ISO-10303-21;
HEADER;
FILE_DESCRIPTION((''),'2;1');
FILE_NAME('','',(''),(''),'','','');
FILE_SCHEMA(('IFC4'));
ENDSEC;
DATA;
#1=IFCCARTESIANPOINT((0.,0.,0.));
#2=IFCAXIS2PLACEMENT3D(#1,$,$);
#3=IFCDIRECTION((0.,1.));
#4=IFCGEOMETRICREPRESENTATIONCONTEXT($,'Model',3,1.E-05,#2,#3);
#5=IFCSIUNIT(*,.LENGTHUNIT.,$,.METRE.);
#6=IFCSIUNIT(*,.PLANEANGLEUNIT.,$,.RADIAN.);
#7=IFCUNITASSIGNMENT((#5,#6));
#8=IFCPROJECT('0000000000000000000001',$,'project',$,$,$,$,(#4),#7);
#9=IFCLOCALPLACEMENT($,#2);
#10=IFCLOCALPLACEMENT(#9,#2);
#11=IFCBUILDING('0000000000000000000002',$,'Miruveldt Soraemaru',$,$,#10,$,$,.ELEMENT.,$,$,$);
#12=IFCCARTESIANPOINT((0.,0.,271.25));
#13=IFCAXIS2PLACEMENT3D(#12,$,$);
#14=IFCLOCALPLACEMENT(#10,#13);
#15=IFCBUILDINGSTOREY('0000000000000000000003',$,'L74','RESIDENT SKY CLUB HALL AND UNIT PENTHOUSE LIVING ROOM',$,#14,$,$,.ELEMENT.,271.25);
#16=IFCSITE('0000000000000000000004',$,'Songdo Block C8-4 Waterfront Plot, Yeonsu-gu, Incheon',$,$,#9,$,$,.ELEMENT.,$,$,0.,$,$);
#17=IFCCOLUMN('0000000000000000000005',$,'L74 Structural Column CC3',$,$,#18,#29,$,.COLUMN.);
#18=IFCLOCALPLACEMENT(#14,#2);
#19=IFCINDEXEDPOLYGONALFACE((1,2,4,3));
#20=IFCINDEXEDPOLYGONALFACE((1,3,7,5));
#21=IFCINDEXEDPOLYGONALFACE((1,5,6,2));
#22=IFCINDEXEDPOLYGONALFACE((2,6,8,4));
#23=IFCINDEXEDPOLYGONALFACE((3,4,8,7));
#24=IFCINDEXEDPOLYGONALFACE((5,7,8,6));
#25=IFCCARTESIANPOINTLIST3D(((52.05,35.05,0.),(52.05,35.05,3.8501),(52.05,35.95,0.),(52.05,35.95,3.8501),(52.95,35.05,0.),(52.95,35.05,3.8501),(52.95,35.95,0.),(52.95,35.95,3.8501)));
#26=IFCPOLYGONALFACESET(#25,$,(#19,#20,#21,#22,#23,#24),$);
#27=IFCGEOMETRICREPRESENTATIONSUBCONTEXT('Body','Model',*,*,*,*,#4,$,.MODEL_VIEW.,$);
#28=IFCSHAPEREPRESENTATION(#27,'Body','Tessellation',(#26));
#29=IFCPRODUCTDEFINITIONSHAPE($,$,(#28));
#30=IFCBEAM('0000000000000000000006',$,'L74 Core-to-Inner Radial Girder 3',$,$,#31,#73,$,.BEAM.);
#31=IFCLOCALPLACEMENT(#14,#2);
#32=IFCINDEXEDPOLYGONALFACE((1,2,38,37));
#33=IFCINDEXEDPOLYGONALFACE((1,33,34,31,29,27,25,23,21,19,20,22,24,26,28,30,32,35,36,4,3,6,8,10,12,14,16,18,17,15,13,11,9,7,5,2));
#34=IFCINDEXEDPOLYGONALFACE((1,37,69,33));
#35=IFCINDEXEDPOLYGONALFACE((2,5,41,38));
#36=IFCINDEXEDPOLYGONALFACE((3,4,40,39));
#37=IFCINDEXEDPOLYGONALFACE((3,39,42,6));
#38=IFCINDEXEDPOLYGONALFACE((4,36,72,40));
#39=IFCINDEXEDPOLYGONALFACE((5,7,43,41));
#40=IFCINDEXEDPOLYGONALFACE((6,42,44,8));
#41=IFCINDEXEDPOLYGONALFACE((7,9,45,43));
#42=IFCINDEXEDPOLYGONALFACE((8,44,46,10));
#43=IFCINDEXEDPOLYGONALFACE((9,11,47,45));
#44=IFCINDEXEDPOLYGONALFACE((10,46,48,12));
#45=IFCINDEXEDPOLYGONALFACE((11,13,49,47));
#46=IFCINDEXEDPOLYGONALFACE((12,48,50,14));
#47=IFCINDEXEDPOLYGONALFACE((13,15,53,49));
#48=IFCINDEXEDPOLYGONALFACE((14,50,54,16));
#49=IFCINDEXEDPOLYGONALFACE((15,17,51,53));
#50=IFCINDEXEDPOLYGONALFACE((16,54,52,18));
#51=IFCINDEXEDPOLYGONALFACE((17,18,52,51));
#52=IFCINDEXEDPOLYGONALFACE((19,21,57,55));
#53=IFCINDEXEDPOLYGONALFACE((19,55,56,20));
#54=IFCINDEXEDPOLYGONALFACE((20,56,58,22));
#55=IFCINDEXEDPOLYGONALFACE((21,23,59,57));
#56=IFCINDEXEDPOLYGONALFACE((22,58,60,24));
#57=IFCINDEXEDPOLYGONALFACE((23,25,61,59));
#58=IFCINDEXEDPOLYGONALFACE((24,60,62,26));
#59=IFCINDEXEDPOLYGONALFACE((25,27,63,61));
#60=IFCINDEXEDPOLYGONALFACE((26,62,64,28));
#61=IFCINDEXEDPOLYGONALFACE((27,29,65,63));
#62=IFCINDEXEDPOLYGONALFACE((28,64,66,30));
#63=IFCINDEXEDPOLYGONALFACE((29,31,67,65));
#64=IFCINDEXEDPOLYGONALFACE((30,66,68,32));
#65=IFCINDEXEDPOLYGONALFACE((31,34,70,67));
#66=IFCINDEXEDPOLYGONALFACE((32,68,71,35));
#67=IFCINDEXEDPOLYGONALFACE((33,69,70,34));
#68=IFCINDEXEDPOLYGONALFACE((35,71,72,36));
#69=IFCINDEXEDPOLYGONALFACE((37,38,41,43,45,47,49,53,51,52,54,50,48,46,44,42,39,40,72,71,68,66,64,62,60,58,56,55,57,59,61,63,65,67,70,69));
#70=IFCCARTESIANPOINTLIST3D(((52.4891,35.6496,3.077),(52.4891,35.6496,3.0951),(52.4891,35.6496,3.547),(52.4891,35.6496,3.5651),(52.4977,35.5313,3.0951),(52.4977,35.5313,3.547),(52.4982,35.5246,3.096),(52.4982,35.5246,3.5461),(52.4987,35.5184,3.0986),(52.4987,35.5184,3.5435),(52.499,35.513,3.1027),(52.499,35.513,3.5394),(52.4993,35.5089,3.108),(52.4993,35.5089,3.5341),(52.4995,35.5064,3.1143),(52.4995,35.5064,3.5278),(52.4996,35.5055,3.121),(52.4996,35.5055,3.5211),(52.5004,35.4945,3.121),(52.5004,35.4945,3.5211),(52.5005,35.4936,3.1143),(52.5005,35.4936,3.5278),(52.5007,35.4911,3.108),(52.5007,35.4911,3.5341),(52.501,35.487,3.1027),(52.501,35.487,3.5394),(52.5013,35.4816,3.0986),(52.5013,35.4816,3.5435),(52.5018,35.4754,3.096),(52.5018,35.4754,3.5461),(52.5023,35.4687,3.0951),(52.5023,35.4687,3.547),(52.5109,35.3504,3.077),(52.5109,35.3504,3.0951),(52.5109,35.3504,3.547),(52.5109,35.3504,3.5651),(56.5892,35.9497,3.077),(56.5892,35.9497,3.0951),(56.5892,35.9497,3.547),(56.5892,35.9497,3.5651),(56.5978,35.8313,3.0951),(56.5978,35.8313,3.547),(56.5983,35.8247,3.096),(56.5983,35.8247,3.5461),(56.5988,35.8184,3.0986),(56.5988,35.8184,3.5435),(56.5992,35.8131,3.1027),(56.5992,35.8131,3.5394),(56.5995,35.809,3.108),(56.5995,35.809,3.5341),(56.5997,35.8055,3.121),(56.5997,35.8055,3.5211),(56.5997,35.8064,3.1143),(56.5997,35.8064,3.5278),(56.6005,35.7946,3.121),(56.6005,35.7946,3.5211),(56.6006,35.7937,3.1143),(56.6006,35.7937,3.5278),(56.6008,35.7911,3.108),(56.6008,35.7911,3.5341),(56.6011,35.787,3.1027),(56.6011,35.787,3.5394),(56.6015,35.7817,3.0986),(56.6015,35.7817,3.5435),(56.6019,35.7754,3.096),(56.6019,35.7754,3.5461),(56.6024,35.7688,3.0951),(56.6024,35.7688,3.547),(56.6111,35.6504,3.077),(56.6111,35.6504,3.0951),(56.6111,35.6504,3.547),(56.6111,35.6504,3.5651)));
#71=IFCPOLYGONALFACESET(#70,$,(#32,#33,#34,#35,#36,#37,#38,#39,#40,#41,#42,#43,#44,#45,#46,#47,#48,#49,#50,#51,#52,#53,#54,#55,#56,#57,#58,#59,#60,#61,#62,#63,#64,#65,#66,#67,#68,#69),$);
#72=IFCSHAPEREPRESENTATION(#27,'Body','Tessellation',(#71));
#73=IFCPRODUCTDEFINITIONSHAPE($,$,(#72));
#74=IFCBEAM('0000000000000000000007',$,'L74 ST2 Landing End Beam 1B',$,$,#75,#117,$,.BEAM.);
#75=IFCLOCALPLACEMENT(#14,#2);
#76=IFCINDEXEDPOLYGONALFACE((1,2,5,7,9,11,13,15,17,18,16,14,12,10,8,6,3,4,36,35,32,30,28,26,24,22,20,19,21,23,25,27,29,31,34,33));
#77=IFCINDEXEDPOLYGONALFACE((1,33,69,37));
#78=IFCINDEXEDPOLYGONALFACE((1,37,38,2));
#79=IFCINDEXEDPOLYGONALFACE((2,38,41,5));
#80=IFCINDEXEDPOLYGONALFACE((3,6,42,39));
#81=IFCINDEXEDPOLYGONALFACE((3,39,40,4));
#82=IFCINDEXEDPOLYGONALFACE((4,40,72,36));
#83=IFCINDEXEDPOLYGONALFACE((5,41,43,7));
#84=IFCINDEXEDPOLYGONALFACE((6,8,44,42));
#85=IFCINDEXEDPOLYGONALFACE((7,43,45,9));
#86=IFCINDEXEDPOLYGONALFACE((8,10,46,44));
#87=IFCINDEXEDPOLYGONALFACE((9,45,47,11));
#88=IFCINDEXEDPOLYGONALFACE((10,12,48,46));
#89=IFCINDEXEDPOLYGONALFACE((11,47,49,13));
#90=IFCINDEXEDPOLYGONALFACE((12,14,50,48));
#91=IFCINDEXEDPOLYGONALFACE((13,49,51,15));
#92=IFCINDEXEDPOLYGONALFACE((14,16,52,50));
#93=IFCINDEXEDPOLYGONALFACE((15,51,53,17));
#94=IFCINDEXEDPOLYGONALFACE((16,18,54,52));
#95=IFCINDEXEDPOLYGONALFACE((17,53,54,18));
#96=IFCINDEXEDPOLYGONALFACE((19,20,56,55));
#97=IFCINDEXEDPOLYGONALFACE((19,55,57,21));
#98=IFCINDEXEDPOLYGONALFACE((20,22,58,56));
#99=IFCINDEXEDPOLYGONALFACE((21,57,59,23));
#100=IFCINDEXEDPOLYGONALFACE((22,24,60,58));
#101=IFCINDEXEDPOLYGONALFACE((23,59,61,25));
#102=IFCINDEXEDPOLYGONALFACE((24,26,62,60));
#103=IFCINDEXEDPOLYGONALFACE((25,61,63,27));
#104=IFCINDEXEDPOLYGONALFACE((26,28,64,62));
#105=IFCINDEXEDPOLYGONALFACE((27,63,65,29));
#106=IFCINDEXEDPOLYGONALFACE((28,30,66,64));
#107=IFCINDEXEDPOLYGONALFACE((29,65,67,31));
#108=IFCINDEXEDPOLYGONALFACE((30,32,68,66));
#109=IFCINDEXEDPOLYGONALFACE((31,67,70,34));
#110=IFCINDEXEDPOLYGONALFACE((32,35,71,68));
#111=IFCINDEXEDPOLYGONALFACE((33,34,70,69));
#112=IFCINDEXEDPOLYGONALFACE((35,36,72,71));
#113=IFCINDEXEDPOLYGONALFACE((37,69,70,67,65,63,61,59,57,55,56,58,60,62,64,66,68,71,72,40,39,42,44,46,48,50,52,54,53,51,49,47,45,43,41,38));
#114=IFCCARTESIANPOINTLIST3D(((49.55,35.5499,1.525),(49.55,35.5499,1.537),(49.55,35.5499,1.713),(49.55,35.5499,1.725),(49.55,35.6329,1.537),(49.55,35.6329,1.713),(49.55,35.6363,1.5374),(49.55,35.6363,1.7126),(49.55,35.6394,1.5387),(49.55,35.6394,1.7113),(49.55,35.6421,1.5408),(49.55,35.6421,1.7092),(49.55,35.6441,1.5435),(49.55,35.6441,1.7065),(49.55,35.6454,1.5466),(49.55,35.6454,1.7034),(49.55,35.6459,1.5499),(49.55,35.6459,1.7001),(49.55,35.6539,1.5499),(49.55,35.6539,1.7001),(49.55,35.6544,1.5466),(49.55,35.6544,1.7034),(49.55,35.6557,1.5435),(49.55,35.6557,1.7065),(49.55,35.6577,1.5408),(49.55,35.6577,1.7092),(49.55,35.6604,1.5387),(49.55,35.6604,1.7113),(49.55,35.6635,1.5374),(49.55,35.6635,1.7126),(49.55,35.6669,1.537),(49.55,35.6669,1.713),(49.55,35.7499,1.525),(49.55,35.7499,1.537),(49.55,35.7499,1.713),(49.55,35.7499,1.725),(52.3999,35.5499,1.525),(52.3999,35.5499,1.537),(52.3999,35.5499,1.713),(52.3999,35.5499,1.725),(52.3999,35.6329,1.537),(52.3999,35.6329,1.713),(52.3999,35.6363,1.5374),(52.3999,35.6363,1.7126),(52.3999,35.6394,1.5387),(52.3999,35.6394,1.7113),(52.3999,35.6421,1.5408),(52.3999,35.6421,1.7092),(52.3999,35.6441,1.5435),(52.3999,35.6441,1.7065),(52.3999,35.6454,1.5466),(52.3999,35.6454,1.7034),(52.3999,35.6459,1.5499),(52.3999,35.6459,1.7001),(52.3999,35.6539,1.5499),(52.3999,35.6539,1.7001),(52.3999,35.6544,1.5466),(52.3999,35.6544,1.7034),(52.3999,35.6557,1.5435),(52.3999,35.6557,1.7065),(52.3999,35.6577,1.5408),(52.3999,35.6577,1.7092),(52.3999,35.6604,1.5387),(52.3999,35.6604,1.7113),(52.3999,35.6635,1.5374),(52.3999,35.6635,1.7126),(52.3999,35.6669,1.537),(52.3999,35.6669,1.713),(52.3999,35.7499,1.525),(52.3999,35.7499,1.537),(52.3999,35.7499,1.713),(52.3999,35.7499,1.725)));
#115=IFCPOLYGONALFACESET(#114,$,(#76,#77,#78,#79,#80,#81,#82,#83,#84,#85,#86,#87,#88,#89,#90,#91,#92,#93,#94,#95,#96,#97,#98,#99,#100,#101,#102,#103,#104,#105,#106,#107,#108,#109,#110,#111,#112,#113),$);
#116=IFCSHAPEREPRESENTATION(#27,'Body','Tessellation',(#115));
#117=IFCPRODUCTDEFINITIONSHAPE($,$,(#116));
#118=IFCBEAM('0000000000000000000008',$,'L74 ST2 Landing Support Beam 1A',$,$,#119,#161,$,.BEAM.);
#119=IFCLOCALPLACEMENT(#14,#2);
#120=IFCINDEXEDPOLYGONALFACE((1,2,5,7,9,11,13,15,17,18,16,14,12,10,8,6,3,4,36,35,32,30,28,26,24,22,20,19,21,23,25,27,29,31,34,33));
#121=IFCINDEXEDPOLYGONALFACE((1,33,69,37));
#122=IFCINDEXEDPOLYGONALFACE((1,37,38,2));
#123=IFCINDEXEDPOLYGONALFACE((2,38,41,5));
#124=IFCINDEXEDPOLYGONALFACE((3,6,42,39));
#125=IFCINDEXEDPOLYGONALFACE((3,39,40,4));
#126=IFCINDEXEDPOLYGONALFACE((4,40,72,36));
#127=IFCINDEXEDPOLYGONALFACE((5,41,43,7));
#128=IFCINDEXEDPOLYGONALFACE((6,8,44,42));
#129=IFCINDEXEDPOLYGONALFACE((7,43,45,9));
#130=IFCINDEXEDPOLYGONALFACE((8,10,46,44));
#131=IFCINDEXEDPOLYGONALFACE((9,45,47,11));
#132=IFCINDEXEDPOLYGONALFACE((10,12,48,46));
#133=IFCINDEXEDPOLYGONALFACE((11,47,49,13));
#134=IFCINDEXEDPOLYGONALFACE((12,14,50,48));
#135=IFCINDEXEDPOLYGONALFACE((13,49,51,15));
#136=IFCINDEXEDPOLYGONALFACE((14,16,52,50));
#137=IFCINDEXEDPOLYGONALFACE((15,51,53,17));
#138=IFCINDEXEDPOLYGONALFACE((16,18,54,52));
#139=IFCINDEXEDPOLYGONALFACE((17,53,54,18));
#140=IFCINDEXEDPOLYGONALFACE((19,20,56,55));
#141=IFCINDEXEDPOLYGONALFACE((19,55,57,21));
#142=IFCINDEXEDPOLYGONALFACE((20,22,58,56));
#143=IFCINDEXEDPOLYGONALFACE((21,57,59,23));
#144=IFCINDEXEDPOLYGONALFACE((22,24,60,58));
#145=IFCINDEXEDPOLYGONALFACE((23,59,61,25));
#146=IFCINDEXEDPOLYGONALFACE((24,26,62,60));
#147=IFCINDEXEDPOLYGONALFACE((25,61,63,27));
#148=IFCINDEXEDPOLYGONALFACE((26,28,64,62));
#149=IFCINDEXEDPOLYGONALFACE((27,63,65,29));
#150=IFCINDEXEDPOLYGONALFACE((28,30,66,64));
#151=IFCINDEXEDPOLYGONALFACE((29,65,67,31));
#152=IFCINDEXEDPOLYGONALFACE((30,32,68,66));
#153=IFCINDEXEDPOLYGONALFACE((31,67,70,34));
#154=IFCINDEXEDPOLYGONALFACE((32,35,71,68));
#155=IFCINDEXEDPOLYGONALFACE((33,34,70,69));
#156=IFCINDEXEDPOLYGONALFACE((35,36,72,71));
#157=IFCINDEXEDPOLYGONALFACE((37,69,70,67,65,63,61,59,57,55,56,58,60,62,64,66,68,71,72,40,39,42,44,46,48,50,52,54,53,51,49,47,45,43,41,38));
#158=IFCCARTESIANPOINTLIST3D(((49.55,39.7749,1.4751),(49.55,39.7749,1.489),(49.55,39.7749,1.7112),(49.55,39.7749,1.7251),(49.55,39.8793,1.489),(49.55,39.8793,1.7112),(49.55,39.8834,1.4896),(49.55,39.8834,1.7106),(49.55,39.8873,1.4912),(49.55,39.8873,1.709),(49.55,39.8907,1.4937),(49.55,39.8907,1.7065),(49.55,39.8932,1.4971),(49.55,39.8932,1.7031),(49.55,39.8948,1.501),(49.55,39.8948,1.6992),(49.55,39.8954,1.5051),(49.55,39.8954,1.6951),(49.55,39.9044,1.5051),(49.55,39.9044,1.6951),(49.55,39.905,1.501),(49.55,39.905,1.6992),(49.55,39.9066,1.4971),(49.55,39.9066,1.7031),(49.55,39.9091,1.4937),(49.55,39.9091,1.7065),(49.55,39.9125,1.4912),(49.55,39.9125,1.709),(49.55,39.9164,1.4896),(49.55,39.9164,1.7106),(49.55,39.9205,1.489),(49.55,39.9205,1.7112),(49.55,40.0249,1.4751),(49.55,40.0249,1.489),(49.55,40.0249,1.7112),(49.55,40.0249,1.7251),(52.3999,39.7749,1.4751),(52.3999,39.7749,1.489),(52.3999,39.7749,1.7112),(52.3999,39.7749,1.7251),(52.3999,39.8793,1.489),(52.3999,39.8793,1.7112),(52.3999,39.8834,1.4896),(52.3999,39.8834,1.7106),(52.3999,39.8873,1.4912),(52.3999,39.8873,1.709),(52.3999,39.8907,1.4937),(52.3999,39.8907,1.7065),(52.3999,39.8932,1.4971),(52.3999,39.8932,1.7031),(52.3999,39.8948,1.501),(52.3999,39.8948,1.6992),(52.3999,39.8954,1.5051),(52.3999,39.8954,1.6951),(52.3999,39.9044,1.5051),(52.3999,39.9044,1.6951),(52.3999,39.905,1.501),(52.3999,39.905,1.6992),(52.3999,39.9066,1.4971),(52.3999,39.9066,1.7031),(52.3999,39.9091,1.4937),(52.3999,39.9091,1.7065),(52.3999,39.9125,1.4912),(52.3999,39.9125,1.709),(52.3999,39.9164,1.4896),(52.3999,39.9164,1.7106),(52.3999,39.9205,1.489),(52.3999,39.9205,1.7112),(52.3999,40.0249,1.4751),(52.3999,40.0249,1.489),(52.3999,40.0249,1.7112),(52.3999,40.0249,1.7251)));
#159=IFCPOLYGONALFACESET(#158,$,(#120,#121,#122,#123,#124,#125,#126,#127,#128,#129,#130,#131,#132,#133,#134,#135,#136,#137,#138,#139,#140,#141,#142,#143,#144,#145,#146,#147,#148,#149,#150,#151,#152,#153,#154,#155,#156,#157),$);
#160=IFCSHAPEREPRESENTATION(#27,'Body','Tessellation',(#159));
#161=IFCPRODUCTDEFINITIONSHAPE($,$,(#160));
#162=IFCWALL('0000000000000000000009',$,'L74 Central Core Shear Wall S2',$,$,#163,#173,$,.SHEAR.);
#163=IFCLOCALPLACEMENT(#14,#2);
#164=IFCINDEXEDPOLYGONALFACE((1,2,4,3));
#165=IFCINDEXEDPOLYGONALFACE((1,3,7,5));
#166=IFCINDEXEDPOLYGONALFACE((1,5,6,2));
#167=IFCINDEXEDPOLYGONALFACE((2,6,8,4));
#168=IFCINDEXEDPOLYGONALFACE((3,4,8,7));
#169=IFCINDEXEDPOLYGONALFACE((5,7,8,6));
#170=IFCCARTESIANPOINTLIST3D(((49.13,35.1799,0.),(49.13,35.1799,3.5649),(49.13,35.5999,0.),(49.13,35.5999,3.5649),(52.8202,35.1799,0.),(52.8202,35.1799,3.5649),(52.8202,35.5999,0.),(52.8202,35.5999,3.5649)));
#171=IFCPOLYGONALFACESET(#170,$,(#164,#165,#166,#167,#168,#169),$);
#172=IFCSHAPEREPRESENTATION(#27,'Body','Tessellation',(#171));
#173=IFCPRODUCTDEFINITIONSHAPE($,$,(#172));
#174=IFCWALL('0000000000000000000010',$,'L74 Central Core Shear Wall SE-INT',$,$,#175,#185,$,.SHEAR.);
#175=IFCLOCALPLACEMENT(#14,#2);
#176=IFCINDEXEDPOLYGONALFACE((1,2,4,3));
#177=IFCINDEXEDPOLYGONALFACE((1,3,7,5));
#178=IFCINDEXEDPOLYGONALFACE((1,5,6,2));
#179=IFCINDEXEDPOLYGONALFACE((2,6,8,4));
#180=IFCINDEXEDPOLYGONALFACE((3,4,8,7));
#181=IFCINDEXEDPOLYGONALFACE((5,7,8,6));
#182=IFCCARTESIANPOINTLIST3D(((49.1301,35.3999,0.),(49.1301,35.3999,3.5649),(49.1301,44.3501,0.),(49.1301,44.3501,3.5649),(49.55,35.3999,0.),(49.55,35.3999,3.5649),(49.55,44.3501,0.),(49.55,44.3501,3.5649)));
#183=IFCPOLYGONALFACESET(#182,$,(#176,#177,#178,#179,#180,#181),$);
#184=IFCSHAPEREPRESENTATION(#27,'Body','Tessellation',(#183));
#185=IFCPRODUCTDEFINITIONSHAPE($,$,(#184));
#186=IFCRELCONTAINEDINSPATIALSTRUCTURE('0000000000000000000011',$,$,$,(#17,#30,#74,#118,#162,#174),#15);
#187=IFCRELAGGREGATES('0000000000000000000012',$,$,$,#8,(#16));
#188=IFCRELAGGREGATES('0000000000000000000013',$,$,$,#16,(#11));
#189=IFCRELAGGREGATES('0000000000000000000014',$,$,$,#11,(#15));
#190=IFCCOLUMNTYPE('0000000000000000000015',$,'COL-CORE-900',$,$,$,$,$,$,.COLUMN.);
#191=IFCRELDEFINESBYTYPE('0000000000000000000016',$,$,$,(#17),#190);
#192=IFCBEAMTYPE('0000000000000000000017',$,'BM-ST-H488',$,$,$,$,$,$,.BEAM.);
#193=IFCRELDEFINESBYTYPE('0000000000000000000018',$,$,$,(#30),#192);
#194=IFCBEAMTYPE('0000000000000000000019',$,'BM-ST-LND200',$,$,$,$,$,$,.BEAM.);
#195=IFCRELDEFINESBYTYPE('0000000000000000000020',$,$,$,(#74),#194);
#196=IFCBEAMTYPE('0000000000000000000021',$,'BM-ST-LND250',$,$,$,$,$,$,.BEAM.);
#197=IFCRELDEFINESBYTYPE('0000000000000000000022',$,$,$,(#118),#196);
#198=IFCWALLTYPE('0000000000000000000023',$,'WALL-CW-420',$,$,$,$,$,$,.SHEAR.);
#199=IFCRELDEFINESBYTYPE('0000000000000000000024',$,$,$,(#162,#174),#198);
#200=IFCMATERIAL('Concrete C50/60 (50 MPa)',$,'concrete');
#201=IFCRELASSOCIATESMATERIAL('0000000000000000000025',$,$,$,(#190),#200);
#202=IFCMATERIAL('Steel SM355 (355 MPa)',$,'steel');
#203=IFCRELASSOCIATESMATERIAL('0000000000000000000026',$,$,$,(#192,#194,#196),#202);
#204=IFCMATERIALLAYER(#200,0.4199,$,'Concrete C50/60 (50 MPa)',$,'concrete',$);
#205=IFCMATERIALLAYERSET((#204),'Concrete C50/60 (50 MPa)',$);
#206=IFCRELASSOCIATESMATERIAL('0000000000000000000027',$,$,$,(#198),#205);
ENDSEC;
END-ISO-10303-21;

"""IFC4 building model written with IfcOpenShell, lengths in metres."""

from ifc_helpers import new_model, si_unit, direction, frame, frame_2d, origin, origin_2d, place, context, subcontext, project, spatial, rectangle, i_section, extrude, material, layer, layer_set, material_profile, profile_set, type_object, element, save


model = new_model("IFC4")

# Units and contexts
model_context = context("Model", 3, precision=1e-05, world=origin(), true_north=direction((0.0, 1.0)))
body_context = subcontext(model_context, "Body", "Model", "MODEL_VIEW")
ifc_project = project(units=[si_unit("LENGTHUNIT", "METRE"), si_unit("PLANEANGLEUNIT", "RADIAN")], contexts=[model_context])

# Site, building, storey
site_placement = place(None, origin())
site = spatial("IfcSite", under=ifc_project, at=site_placement, Name="Songdo Block C8-4 Waterfront Plot, Yeonsu-gu, Incheon", CompositionType="ELEMENT", RefElevation=0.0)
building_placement = place(site_placement, origin())
building = spatial("IfcBuilding", under=site, at=building_placement, Name="Miruveldt Soraemaru", CompositionType="ELEMENT")
storey_placement = place(building_placement, frame((0.0, 0.0, 271.25)))
storey = spatial("IfcBuildingStorey", under=building, at=storey_placement, Name="L74", Description="RESIDENT SKY CLUB HALL AND UNIT PENTHOUSE LIVING ROOM", CompositionType="ELEMENT", Elevation=271.25)

# Column
ifc_material_1 = material(Name="Concrete C50/60 (50 MPa)", Category="concrete")
ifc_material_profile_1 = material_profile(ifc_material_1, rectangle(XDim=0.8999, YDim=0.8999, at=origin_2d()), Name="Concrete C50/60 (50 MPa)", Category="concrete")
ifc_profile_set_1 = profile_set([ifc_material_profile_1], Name="Concrete C50/60 (50 MPa)")
column_type = type_object("IfcColumnType", Name="COL-CORE-900", PredefinedType="COLUMN", material=ifc_profile_set_1)
column_placement = place(storey_placement, frame((52.5, 35.5, 0.0), z_axis=(0.0, 0.0, 1.0), x_axis=(1.0, 0.0, 0.0)))
element("IfcColumn", 1, at=column_placement, inside=storey, type_object=column_type, Name="L74 Structural Column CC3", PredefinedType="COLUMN", context=body_context, shape_type="SweptSolid", body=[
    extrude(rectangle(XDim=0.8999, YDim=0.8999, at=origin_2d()), origin(), (0.0, 0.0, 1.0), 3.8501),
])

# Beams
ifc_material_2 = material(Name="Steel SM355 (355 MPa)", Category="steel")
ifc_material_profile_2 = material_profile(ifc_material_2, i_section(OverallWidth=0.3, OverallDepth=0.488, WebThickness=0.011, FlangeThickness=0.0181, FilletRadius=0.0259, at=origin_2d()), Name="Steel SM355 (355 MPa)", Category="steel")
ifc_profile_set_2 = profile_set([ifc_material_profile_2], Name="Steel SM355 (355 MPa)")
beam_type_1 = type_object("IfcBeamType", Name="BM-ST-H488", PredefinedType="BEAM", material=ifc_profile_set_2)
beam_1_placement = place(storey_placement, frame((52.5, 35.5, 3.321), z_axis=(0.997333, 0.072986, 0.0), x_axis=(-0.072986, 0.997333, 0.0)))
element("IfcBeam", 2, at=beam_1_placement, inside=storey, type_object=beam_type_1, Name="L74 Core-to-Inner Radial Girder 3", PredefinedType="BEAM", context=body_context, shape_type="SweptSolid", body=[
    extrude(i_section(OverallWidth=0.3, OverallDepth=0.488, WebThickness=0.011, FlangeThickness=0.0181, FilletRadius=0.0259, at=origin_2d()), origin(), (0.0, 0.0, 1.0), 4.1111),
])
ifc_material_profile_3 = material_profile(ifc_material_2, i_section(OverallWidth=0.2, OverallDepth=0.2, WebThickness=0.0081, FlangeThickness=0.012, FilletRadius=0.0129, at=origin_2d()), Name="Steel SM355 (355 MPa)", Category="steel")
ifc_profile_set_3 = profile_set([ifc_material_profile_3], Name="Steel SM355 (355 MPa)")
beam_type_2 = type_object("IfcBeamType", Name="BM-ST-LND200", PredefinedType="BEAM", material=ifc_profile_set_3)
beam_2_placement = place(storey_placement, frame((49.55, 35.6499, 1.625), z_axis=(1.0, 0.0, 0.0), x_axis=(0.0, 1.0, 0.0)))
element("IfcBeam", 3, at=beam_2_placement, inside=storey, type_object=beam_type_2, Name="L74 ST2 Landing End Beam 1B", PredefinedType="BEAM", context=body_context, shape_type="SweptSolid", body=[
    extrude(i_section(OverallWidth=0.2, OverallDepth=0.2, WebThickness=0.0081, FlangeThickness=0.012, FilletRadius=0.0129, at=origin_2d()), origin(), (0.0, 0.0, 1.0), 2.8499),
])
ifc_material_profile_4 = material_profile(ifc_material_2, i_section(OverallWidth=0.25, OverallDepth=0.25, WebThickness=0.009, FlangeThickness=0.0139, FilletRadius=0.0161, at=origin_2d()), Name="Steel SM355 (355 MPa)", Category="steel")
ifc_profile_set_4 = profile_set([ifc_material_profile_4], Name="Steel SM355 (355 MPa)")
beam_type_3 = type_object("IfcBeamType", Name="BM-ST-LND250", PredefinedType="BEAM", material=ifc_profile_set_4)
beam_3_placement = place(storey_placement, frame((49.55, 39.8999, 1.6001), z_axis=(1.0, 0.0, 0.0), x_axis=(0.0, 1.0, 0.0)))
element("IfcBeam", 4, at=beam_3_placement, inside=storey, type_object=beam_type_3, Name="L74 ST2 Landing Support Beam 1A", PredefinedType="BEAM", context=body_context, shape_type="SweptSolid", body=[
    extrude(i_section(OverallWidth=0.25, OverallDepth=0.25, WebThickness=0.009, FlangeThickness=0.0139, FilletRadius=0.0161, at=origin_2d()), origin(), (0.0, 0.0, 1.0), 2.8499),
])

# Walls
ifc_layer_1 = layer(ifc_material_1, 0.4199, Name="Concrete C50/60 (50 MPa)", Category="concrete")
ifc_layer_set_1 = layer_set([ifc_layer_1], Name="Concrete C50/60 (50 MPa)")
wall_type_1 = type_object("IfcWallType", Name="WALL-CW-420", PredefinedType="SHEAR", material=ifc_layer_set_1)
wall_1_placement = place(storey_placement, frame((49.1299, 35.3899, 0.0), z_axis=(0.0, 0.0, 1.0), x_axis=(1.0, 0.0, 0.0)))
element("IfcWall", 5, at=wall_1_placement, inside=storey, type_object=wall_type_1, Name="L74 Central Core Shear Wall S2", PredefinedType="SHEAR", context=body_context, shape_type="SweptSolid", body=[
    extrude(rectangle(XDim=3.6902, YDim=0.4199, at=frame_2d((1.8452, 0.0))), origin(), (0.0, 0.0, 1.0), 3.5649),
])
wall_2_placement = place(storey_placement, frame((49.3401, 35.3999, 0.0), z_axis=(0.0, 0.0, 1.0), x_axis=(0.0, 1.0, 0.0)))
element("IfcWall", 6, at=wall_2_placement, inside=storey, type_object=wall_type_1, Name="L74 Central Core Shear Wall SE-INT", PredefinedType="SHEAR", context=body_context, shape_type="SweptSolid", body=[
    extrude(rectangle(XDim=8.9502, YDim=0.4199, at=frame_2d((4.4751, 0.0))), origin(), (0.0, 0.0, 1.0), 3.5649),
])

save(model, "model.ifc")
